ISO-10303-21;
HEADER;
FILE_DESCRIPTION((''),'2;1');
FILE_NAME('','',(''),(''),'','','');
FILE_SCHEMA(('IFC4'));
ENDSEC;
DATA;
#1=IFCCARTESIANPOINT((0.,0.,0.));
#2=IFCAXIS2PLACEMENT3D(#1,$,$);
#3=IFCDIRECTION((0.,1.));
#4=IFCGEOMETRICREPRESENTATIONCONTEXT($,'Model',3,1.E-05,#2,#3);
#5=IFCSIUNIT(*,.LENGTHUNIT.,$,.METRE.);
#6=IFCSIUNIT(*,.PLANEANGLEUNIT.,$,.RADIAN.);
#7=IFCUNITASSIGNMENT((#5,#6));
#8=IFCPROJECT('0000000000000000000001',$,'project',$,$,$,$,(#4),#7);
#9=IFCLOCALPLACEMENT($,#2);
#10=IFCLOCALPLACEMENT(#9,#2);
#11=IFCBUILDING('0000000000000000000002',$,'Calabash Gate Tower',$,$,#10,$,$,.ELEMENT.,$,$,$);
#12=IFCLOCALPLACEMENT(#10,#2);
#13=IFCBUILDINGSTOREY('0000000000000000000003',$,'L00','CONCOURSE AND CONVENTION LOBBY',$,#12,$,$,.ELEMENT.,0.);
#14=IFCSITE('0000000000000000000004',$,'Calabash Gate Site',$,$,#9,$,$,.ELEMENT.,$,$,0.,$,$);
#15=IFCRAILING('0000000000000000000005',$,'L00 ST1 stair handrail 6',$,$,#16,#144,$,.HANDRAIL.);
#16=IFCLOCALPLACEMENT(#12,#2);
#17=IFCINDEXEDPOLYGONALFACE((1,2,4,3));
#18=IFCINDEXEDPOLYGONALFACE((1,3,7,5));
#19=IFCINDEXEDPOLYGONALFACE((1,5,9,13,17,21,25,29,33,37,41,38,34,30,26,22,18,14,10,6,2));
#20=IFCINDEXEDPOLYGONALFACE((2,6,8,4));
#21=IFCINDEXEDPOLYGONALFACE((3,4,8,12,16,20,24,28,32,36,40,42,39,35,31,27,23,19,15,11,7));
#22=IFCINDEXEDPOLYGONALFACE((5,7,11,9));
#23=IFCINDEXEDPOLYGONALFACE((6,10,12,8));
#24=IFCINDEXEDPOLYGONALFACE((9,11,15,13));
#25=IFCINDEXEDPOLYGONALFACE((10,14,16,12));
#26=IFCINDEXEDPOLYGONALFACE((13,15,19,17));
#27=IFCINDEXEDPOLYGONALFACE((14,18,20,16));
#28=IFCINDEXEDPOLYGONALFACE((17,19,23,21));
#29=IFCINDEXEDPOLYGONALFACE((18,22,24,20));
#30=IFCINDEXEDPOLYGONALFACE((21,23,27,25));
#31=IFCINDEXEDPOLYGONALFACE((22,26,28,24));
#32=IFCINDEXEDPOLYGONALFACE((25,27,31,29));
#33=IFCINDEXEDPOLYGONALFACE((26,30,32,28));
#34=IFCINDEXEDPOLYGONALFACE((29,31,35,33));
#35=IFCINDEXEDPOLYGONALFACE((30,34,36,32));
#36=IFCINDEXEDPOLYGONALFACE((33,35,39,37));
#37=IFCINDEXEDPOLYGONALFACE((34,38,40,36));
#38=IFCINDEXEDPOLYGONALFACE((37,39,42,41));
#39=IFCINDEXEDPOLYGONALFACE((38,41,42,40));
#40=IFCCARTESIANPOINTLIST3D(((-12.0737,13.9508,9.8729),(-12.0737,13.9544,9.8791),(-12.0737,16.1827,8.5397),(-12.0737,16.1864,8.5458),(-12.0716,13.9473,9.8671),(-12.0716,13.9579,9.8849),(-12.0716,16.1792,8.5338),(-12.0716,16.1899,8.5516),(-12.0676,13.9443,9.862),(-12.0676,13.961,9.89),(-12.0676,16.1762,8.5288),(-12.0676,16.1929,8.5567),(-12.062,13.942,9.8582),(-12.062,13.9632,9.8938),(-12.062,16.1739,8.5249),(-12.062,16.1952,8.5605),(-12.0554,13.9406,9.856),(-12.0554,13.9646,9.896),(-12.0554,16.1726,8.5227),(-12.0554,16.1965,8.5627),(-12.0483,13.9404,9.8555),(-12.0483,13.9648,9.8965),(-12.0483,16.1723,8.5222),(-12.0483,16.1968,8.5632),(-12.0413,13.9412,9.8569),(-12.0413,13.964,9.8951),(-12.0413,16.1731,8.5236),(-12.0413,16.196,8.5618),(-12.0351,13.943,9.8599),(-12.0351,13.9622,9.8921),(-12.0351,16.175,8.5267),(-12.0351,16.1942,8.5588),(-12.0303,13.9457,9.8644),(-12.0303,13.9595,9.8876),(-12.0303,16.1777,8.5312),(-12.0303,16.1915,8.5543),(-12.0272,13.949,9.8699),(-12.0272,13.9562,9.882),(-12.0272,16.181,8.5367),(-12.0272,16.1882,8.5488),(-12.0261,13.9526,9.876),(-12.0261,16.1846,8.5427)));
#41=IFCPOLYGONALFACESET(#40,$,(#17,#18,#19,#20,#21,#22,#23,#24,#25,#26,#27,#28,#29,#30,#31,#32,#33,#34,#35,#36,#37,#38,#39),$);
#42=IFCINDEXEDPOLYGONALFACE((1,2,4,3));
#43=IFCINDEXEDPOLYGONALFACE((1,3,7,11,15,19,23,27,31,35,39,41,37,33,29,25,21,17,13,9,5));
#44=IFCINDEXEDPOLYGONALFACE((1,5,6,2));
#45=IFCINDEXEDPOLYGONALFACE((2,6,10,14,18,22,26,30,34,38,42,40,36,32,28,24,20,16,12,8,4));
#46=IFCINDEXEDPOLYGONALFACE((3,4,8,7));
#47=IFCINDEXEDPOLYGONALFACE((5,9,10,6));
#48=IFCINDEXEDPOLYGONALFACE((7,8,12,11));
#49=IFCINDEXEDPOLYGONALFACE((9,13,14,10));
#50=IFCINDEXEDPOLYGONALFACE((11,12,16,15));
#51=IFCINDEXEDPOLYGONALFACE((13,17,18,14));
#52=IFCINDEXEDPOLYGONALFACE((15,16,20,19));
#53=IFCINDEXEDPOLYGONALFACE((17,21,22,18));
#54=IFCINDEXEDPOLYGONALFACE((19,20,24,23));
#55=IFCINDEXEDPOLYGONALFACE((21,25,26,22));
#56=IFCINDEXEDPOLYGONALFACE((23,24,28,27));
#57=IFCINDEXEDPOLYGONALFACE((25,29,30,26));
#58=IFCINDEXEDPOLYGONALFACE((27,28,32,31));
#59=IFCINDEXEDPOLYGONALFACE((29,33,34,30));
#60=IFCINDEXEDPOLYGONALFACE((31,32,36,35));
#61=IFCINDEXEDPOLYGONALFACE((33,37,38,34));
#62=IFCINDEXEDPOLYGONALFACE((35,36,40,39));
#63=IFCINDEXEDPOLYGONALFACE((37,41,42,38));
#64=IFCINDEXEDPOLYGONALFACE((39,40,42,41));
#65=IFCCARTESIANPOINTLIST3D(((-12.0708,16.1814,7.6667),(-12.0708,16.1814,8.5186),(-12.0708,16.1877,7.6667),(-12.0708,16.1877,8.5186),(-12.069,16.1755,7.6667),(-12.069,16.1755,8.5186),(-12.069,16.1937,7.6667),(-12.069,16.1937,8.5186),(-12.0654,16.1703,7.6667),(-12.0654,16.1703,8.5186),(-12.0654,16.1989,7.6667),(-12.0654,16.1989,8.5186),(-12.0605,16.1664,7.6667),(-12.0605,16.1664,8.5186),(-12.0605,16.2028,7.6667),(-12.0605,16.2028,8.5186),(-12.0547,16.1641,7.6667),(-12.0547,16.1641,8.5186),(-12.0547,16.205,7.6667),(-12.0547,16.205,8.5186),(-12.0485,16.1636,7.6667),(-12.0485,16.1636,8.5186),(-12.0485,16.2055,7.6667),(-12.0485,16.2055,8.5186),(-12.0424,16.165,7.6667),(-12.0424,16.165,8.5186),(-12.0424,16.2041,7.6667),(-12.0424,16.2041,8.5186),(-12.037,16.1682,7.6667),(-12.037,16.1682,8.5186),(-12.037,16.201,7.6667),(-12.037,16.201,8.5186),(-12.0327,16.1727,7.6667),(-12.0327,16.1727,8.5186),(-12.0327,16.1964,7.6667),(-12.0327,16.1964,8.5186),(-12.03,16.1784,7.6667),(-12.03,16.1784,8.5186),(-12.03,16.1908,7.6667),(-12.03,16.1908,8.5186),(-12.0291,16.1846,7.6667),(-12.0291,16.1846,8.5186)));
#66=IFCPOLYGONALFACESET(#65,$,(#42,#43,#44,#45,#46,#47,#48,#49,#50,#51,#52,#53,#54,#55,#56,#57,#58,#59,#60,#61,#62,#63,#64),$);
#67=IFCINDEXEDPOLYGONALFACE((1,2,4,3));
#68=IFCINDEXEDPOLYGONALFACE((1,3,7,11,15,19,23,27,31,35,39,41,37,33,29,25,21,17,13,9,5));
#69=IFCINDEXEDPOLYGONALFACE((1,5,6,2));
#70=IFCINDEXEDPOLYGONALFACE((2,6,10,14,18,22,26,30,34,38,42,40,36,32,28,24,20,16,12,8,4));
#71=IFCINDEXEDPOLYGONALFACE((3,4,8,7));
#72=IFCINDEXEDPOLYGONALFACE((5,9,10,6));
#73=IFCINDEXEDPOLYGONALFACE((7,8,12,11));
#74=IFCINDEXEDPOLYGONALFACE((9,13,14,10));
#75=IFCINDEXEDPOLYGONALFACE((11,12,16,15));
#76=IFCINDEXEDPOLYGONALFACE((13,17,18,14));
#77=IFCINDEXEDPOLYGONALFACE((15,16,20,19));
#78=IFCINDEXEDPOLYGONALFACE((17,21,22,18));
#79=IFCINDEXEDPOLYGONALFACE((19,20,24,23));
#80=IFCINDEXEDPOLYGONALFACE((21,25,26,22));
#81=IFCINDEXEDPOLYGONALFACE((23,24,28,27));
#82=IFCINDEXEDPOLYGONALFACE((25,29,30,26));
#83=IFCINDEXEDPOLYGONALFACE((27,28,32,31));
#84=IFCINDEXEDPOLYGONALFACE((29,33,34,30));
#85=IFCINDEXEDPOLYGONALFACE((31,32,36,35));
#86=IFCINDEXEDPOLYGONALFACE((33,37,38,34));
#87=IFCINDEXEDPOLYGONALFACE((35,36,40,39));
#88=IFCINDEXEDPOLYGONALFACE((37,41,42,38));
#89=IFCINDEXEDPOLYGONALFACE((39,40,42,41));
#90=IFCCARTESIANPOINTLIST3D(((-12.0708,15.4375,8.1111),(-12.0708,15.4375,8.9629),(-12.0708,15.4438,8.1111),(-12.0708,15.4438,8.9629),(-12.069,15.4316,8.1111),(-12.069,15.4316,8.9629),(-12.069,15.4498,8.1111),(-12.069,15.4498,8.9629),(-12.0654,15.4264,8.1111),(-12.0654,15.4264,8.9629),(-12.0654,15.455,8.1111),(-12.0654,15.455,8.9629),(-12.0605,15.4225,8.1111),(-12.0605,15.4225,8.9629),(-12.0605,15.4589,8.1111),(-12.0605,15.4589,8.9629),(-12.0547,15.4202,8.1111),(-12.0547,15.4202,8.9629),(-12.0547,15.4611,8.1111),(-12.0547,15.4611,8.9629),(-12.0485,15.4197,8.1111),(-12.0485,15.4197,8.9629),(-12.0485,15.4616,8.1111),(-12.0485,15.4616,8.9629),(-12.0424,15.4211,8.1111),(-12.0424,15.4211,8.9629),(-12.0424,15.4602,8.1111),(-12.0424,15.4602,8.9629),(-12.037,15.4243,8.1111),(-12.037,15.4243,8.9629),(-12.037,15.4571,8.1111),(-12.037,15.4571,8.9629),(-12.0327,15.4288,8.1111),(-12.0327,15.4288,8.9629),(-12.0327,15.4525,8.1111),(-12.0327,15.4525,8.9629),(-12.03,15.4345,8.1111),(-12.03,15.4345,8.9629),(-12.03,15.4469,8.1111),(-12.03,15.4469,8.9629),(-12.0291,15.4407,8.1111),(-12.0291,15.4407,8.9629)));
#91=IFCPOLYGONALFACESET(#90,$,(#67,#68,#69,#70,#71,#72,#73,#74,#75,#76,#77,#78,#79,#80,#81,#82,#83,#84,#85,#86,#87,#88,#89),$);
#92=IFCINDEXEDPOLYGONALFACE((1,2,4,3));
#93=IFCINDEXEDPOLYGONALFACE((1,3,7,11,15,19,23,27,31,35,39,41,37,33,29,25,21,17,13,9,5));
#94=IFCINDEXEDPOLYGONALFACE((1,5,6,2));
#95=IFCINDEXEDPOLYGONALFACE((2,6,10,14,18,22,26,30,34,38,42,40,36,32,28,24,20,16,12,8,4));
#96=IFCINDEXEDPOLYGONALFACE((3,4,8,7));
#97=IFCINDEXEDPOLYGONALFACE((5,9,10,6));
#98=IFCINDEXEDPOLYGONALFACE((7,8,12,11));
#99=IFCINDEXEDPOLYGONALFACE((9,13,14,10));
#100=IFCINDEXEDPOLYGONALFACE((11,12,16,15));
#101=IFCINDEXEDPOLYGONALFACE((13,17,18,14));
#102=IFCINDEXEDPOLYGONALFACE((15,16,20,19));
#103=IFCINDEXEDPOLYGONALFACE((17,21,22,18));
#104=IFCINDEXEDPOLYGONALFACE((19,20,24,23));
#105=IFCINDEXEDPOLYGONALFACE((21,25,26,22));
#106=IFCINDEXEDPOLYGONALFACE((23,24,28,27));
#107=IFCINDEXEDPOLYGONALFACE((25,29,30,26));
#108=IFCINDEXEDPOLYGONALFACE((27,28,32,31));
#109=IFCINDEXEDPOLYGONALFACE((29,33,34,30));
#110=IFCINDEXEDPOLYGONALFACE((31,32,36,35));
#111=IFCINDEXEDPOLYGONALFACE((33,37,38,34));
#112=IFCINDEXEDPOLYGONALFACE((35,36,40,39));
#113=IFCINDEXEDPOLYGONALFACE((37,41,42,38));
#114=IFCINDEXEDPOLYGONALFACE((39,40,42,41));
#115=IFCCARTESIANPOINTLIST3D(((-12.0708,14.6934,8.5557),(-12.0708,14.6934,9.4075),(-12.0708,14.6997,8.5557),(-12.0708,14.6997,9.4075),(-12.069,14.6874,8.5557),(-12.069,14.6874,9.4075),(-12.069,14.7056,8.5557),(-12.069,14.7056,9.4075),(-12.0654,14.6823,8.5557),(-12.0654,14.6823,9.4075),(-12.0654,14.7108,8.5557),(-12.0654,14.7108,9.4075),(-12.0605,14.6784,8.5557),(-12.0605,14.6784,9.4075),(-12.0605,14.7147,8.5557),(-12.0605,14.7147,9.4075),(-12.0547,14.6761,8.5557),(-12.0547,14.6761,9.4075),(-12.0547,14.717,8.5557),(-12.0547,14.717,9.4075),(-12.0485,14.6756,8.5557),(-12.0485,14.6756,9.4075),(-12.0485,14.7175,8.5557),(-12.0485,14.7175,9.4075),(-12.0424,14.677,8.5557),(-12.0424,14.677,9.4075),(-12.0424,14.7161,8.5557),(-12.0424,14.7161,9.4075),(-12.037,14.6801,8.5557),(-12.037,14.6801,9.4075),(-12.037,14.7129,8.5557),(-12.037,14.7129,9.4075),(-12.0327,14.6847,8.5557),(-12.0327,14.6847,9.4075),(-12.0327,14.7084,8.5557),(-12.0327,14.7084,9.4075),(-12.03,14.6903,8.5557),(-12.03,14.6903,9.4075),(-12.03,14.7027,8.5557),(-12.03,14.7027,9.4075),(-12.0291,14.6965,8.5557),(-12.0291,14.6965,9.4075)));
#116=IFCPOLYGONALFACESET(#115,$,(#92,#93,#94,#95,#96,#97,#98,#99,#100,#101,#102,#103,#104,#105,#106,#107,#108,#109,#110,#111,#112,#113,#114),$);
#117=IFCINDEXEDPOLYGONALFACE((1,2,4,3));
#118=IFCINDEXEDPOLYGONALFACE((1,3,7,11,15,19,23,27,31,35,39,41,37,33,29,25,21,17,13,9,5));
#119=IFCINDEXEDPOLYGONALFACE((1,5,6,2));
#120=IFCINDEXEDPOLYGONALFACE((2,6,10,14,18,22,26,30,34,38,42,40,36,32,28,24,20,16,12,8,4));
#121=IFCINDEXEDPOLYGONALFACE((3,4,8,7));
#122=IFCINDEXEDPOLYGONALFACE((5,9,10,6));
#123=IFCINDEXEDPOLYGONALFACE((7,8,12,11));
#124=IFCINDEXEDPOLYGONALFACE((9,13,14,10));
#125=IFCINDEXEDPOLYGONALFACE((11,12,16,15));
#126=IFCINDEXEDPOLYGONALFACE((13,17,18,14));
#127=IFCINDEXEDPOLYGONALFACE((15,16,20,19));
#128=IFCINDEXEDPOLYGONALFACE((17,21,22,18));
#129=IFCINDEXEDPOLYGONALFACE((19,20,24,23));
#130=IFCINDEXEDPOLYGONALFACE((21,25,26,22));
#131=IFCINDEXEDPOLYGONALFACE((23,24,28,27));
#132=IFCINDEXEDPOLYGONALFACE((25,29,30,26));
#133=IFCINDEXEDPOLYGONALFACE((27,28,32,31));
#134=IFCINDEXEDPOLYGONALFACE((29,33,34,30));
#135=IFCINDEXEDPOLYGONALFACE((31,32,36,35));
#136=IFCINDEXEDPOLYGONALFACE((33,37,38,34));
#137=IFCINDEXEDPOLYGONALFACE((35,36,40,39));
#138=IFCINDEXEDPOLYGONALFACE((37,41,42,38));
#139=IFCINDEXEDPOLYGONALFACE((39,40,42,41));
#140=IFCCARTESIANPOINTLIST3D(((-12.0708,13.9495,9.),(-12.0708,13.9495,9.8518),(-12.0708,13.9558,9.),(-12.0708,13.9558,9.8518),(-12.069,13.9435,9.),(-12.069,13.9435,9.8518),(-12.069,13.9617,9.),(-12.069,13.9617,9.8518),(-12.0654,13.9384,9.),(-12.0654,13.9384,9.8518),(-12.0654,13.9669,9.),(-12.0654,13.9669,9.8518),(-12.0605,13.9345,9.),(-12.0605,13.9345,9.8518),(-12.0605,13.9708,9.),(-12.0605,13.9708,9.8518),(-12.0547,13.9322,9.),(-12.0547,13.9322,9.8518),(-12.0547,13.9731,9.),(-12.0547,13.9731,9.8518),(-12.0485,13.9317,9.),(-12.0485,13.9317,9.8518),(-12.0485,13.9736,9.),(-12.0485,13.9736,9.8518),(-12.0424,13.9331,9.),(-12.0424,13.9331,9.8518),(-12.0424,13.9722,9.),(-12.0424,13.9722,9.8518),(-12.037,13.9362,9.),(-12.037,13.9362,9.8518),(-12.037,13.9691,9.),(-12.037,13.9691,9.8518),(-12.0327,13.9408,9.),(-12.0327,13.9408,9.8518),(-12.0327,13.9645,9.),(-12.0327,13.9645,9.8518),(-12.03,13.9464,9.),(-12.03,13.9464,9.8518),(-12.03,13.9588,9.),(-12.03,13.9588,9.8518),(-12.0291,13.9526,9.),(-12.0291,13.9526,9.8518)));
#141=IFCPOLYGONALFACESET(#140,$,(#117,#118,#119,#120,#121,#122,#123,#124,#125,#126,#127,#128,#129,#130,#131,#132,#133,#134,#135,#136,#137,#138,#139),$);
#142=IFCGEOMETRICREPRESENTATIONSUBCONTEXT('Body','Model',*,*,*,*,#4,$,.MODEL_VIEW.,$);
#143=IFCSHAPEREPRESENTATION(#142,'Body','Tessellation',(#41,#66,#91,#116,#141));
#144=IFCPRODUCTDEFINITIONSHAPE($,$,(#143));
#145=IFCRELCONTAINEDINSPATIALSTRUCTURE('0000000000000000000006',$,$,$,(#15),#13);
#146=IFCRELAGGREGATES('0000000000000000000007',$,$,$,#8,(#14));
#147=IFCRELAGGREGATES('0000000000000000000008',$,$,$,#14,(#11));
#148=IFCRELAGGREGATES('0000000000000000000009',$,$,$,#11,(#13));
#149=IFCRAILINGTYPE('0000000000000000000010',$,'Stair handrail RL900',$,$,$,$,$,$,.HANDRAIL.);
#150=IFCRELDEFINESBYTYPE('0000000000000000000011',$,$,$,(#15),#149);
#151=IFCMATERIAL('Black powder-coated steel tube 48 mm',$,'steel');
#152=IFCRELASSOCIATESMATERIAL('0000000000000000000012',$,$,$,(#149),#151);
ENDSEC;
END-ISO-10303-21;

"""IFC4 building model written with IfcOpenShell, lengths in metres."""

from ifc_helpers import new_model, si_unit, direction, frame, origin, origin_2d, place, context, subcontext, project, spatial, circle, extrude, material, type_object, element, save


model = new_model("IFC4")

# Units and contexts
model_context = context("Model", 3, precision=1e-05, world=origin(), true_north=direction((0.0, 1.0)))
body_context = subcontext(model_context, "Body", "Model", "MODEL_VIEW")
ifc_project = project(units=[si_unit("LENGTHUNIT", "METRE"), si_unit("PLANEANGLEUNIT", "RADIAN")], contexts=[model_context])

# Site, building, storey
site_placement = place(None, origin())
site = spatial("IfcSite", under=ifc_project, at=site_placement, Name="Calabash Gate Site", CompositionType="ELEMENT", RefElevation=0.0)
building_placement = place(site_placement, origin())
building = spatial("IfcBuilding", under=site, at=building_placement, Name="Calabash Gate Tower", CompositionType="ELEMENT")
storey_placement = place(building_placement, origin())
storey = spatial("IfcBuildingStorey", under=building, at=storey_placement, Name="L00", Description="CONCOURSE AND CONVENTION LOBBY", CompositionType="ELEMENT", Elevation=0.0)

# Railing
ifc_material_1 = material(Name="Black powder-coated steel tube 48 mm", Category="steel")
railing_type_1 = type_object("IfcRailingType", Name="Stair handrail RL900", PredefinedType="HANDRAIL", material=ifc_material_1)
railing_1_placement = place(storey_placement, frame((-12.05, 16.1846, 7.6667)))
element("IfcRailing", 1, at=railing_1_placement, inside=storey, type_object=railing_type_1, Name="L00 ST1 stair handrail 6", PredefinedType="HANDRAIL", context=body_context, shape_type="SweptSolid", body=[
    extrude(circle(Radius=0.0239, at=origin_2d()), frame((0.0, 0.0, 0.876), z_axis=(0.0, -0.858494, 0.512824), x_axis=(1.0, 0.0, 0.0)), (0.0, 0.0, 1.0), 2.5999),
    extrude(circle(Radius=0.021, at=origin_2d()), origin(), (0.0, 0.0, 1.0), 0.8518),
    extrude(circle(Radius=0.021, at=origin_2d()), frame((0.0, -0.7439, 0.4443)), (0.0, 0.0, 1.0), 0.8518),
    extrude(circle(Radius=0.021, at=origin_2d()), frame((0.0, -1.488, 0.8889)), (0.0, 0.0, 1.0), 0.8518),
    extrude(circle(Radius=0.021, at=origin_2d()), frame((0.0, -2.2319, 1.3333)), (0.0, 0.0, 1.0), 0.8518),
])

save(model, "model.ifc")
